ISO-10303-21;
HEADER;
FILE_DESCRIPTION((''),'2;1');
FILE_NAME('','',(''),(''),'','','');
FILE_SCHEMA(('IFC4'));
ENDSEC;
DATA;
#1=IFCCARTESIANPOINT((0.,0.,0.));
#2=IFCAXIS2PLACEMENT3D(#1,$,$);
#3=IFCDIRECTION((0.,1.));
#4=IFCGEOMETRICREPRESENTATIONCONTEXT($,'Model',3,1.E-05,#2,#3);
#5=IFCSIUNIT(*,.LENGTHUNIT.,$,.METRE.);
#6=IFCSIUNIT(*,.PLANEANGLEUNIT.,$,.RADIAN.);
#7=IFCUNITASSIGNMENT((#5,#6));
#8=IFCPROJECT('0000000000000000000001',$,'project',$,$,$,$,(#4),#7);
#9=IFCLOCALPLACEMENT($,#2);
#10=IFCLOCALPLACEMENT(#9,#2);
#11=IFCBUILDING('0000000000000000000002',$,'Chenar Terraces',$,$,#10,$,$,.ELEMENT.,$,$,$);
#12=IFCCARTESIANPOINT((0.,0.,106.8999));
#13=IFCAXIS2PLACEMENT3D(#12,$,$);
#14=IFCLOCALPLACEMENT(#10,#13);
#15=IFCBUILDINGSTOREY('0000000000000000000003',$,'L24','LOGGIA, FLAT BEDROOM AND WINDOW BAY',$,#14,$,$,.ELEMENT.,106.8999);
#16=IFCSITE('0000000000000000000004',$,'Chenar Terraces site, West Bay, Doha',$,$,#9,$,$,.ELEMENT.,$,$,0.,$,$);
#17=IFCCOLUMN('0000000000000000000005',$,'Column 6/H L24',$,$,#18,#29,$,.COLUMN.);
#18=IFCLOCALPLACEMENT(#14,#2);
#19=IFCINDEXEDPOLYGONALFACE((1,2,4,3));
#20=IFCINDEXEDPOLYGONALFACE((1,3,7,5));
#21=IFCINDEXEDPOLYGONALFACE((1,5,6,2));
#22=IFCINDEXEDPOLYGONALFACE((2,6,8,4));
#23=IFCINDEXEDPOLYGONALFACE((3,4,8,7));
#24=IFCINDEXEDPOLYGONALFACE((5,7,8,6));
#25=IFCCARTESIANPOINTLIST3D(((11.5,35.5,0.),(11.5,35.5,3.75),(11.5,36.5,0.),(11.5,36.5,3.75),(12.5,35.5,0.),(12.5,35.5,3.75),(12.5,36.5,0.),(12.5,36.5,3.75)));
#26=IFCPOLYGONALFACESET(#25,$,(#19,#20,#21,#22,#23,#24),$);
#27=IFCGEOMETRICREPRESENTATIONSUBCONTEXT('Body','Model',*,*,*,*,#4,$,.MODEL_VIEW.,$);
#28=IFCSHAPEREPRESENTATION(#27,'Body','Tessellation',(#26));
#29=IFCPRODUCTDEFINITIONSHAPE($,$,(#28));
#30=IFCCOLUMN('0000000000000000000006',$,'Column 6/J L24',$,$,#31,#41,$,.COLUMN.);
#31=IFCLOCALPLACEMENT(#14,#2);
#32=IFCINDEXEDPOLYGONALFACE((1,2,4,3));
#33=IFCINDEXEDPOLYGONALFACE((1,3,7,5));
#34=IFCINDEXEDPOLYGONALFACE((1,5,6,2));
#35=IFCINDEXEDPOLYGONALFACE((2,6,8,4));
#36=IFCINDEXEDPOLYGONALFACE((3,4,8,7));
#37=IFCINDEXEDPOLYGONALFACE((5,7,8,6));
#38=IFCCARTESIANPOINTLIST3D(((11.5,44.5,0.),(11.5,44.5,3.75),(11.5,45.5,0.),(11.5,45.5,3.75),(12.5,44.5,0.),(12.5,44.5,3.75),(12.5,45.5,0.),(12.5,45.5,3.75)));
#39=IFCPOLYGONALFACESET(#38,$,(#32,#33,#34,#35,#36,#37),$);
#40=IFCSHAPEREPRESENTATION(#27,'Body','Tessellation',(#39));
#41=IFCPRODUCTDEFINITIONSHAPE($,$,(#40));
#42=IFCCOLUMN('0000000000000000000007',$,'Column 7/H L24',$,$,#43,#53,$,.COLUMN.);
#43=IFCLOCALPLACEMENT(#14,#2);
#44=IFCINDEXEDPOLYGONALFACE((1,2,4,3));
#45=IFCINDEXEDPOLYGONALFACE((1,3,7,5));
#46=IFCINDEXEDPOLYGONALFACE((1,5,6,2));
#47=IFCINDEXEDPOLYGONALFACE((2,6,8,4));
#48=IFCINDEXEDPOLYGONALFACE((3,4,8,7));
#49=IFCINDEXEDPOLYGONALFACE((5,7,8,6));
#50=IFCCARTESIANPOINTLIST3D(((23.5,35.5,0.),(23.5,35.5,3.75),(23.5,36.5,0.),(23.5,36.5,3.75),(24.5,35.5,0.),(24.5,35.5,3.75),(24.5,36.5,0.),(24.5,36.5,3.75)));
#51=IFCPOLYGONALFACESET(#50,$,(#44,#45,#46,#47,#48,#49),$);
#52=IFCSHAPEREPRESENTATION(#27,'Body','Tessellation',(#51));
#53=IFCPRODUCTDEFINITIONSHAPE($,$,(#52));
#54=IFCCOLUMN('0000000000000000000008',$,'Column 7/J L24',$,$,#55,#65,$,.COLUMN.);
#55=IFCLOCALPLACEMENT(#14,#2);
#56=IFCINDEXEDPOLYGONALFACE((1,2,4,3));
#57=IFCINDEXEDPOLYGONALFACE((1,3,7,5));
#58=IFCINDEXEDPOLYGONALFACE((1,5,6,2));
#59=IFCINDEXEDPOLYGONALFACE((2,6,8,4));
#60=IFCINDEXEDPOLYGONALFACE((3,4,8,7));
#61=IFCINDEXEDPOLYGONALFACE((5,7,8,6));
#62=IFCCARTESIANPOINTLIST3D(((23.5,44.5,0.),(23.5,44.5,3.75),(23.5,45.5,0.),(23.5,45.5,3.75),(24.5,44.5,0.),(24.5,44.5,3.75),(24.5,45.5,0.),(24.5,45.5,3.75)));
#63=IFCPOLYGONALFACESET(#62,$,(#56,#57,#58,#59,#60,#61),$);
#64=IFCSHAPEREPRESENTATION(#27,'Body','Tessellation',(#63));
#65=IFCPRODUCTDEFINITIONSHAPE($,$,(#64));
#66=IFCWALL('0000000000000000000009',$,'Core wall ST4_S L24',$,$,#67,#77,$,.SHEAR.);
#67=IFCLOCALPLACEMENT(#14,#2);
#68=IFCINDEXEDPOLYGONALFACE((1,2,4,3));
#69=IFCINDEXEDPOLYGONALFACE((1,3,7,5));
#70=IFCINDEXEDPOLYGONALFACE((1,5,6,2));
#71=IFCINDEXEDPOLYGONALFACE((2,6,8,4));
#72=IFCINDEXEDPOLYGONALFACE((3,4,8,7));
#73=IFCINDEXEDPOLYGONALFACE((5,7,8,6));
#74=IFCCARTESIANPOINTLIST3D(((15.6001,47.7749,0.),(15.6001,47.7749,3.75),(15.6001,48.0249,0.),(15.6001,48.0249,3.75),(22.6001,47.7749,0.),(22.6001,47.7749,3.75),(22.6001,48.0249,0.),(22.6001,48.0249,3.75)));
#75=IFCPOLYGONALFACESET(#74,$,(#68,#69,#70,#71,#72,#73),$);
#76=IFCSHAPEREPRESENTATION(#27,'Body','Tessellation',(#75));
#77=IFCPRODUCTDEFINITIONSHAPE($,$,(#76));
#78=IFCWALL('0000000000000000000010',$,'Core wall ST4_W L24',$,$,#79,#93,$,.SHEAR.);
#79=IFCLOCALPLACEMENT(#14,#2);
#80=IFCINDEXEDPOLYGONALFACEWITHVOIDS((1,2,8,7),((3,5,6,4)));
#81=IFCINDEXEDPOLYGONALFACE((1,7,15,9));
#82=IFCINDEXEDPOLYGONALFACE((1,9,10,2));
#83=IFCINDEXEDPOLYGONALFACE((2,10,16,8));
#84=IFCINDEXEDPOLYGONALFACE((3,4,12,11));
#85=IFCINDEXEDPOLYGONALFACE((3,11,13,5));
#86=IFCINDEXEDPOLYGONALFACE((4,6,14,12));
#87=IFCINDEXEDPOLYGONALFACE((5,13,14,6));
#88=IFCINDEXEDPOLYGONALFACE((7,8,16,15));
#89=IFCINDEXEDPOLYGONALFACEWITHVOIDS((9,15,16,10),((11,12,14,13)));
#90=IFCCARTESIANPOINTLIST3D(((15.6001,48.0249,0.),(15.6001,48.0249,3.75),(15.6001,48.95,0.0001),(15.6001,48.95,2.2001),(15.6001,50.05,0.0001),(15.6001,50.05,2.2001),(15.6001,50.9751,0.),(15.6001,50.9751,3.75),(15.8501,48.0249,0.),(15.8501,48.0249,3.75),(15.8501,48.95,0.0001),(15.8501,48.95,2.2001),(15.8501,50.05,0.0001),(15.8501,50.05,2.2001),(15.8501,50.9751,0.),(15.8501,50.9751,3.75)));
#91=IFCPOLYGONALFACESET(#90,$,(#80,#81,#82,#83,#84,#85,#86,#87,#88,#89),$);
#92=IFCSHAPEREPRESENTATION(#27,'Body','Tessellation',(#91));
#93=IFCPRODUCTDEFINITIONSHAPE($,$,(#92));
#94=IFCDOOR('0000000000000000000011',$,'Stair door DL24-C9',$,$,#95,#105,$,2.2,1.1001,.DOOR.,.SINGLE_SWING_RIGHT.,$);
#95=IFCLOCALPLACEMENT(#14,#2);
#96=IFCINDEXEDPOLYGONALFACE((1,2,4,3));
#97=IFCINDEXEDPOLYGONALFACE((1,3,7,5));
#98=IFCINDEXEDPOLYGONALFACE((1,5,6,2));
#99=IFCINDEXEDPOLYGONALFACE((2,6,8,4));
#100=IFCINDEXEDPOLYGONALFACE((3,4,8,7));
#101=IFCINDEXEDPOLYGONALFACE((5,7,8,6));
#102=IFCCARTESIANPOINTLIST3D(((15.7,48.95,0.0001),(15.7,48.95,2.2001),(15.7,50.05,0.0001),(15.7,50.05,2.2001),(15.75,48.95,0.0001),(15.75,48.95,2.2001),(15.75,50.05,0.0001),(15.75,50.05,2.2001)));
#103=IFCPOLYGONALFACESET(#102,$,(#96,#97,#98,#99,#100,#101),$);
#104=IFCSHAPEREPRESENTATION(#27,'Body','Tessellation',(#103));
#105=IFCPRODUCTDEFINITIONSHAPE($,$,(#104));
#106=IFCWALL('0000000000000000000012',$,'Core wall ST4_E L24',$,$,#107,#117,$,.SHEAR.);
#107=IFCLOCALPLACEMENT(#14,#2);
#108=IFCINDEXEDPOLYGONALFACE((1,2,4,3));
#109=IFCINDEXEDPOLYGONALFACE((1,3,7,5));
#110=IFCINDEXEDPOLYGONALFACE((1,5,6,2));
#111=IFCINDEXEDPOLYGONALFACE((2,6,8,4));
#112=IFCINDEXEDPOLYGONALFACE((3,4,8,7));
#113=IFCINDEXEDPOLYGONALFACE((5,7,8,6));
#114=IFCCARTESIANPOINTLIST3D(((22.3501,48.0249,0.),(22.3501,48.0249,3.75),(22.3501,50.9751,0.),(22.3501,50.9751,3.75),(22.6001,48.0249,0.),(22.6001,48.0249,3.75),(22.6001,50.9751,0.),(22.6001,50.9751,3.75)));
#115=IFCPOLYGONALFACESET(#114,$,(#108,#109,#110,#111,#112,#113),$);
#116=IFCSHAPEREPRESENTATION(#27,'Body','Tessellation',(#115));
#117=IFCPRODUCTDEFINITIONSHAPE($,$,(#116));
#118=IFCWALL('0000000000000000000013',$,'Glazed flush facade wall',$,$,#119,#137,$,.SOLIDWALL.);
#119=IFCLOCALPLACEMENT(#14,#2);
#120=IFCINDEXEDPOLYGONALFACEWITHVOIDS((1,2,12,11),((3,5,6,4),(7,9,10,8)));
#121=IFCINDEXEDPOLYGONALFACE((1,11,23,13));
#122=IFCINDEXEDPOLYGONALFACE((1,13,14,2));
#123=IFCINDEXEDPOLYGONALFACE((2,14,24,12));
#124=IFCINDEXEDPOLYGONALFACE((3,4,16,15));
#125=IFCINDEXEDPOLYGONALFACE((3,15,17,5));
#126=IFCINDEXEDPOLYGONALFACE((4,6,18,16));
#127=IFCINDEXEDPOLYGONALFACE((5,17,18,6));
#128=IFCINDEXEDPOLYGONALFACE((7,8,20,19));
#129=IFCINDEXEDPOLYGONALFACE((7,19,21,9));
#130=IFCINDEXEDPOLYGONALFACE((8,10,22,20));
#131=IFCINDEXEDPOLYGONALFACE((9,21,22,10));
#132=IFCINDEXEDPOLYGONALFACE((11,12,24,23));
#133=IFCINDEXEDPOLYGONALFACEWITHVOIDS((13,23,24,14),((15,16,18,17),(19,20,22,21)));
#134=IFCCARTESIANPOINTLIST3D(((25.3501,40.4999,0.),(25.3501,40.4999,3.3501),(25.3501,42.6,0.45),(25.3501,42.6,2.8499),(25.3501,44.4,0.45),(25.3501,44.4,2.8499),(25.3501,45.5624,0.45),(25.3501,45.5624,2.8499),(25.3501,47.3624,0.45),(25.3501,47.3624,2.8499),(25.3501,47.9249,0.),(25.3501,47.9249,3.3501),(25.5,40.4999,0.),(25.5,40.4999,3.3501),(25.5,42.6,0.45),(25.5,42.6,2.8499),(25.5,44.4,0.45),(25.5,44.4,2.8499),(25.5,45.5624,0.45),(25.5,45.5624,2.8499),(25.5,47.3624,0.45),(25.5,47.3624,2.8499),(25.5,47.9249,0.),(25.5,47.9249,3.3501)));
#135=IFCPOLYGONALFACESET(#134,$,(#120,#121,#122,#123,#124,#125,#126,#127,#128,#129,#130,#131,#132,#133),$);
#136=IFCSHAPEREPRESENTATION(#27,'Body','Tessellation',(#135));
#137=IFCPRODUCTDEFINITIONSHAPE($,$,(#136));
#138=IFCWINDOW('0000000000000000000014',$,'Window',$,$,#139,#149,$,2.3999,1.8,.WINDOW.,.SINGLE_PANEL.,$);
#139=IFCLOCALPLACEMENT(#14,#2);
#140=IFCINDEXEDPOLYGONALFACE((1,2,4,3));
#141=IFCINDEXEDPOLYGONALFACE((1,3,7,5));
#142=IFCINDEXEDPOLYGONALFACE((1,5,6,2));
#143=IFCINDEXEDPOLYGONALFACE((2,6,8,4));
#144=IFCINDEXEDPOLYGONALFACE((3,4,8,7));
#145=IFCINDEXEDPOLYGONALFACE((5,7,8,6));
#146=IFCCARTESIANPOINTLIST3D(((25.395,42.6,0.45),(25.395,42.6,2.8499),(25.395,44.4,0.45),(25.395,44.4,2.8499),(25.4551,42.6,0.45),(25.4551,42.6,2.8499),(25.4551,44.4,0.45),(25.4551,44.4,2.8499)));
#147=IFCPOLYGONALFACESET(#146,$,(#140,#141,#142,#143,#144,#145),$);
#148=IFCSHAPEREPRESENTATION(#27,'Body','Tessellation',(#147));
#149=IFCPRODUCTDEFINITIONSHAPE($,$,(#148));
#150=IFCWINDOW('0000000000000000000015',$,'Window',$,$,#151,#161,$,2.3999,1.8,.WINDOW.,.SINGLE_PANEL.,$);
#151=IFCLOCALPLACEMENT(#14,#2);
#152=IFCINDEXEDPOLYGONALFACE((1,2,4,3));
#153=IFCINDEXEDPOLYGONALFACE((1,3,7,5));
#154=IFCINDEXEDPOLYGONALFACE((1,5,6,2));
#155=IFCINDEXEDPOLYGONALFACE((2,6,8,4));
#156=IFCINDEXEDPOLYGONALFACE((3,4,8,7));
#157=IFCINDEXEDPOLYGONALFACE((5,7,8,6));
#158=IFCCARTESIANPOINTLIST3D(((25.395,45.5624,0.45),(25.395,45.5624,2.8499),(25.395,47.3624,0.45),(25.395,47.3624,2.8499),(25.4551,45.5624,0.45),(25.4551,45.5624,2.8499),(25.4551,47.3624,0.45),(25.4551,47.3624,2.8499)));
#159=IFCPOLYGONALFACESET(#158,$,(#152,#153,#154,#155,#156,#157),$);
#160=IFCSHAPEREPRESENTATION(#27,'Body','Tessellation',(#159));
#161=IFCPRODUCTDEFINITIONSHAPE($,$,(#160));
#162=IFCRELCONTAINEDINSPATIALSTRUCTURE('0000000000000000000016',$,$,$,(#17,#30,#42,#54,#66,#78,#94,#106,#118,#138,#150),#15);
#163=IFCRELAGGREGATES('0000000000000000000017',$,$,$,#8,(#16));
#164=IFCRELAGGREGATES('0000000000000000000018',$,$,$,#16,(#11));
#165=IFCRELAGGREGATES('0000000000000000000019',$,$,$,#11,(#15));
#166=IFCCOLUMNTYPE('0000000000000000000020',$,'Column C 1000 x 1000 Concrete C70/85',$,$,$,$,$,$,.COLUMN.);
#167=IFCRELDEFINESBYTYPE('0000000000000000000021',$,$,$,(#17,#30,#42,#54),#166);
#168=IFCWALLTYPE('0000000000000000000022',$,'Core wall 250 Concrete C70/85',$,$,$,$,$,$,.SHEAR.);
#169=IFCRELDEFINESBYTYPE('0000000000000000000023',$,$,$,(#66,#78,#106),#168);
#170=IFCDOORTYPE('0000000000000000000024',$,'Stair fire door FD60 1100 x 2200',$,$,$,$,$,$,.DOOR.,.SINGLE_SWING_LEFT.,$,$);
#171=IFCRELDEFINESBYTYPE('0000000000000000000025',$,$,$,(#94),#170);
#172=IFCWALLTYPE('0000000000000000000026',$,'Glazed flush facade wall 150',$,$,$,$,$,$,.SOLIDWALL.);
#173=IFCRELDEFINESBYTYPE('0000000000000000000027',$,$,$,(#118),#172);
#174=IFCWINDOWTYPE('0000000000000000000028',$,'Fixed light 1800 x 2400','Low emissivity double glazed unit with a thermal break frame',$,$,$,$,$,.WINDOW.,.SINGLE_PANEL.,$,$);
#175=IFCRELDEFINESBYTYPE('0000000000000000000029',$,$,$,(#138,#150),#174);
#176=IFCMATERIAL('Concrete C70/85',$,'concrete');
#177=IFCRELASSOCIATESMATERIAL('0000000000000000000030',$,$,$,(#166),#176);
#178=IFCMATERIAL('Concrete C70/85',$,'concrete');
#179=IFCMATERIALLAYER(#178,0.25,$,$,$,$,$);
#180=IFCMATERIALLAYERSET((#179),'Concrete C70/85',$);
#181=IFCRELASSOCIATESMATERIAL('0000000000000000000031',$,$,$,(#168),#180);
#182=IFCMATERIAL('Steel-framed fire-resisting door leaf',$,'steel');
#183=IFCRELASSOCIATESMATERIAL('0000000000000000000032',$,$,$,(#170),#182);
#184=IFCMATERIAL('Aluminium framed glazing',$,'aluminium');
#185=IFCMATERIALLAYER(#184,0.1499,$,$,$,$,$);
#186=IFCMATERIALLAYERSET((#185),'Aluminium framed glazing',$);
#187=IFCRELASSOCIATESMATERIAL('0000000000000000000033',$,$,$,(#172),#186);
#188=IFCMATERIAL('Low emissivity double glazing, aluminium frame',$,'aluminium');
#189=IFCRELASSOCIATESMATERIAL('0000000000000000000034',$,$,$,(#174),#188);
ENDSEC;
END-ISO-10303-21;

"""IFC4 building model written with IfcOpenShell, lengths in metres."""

from ifc_helpers import new_model, si_unit, direction, frame, frame_2d, origin, origin_2d, place, context, subcontext, project, spatial, rectangle, extrude, material, layer, layer_set, material_profile, profile_set, type_object, element, fill, save


model = new_model("IFC4")

# Units and contexts
model_context = context("Model", 3, precision=1e-05, world=origin(), true_north=direction((0.0, 1.0)))
body_context = subcontext(model_context, "Body", "Model", "MODEL_VIEW")
ifc_project = project(units=[si_unit("LENGTHUNIT", "METRE"), si_unit("PLANEANGLEUNIT", "RADIAN")], contexts=[model_context])

# Site, building, storey
site_placement = place(None, origin())
site = spatial("IfcSite", under=ifc_project, at=site_placement, Name="Chenar Terraces site, West Bay, Doha", CompositionType="ELEMENT", RefElevation=0.0)
building_placement = place(site_placement, origin())
building = spatial("IfcBuilding", under=site, at=building_placement, Name="Chenar Terraces", CompositionType="ELEMENT")
storey_placement = place(building_placement, frame((0.0, 0.0, 106.8999)))
storey = spatial("IfcBuildingStorey", under=building, at=storey_placement, Name="L24", Description="LOGGIA, FLAT BEDROOM AND WINDOW BAY", CompositionType="ELEMENT", Elevation=106.8999)

# Columns
ifc_material_1 = material(Name="Concrete C70/85", Category="concrete")
ifc_material_profile = material_profile(ifc_material_1, rectangle(XDim=1.0, YDim=1.0, at=origin_2d()), Name="C 1000 x 1000")
ifc_profile_set = profile_set([ifc_material_profile], Name="Concrete C70/85")
column_type = type_object("IfcColumnType", Name="Column C 1000 x 1000 Concrete C70/85", PredefinedType="COLUMN", material=ifc_profile_set)
for number, where, z_axis, x_axis, name in (
    (1, (12.0, 36.0, 0.0), (0.0, 0.0, 1.0), (1.0, 0.0, 0.0), "Column 6/H L24"),
    (2, (12.0, 45.0, 0.0), (0.0, 0.0, 1.0), (1.0, 0.0, 0.0), "Column 6/J L24"),
    (3, (24.0, 36.0, 0.0), (0.0, 0.0, 1.0), (1.0, 0.0, 0.0), "Column 7/H L24"),
    (4, (24.0, 45.0, 0.0), (0.0, 0.0, 1.0), (1.0, 0.0, 0.0), "Column 7/J L24"),
):
    element("IfcColumn", number, at=place(storey_placement, frame(where, z_axis=z_axis, x_axis=x_axis)), inside=storey, type_object=column_type, Name=name, PredefinedType="COLUMN", context=body_context, shape_type="SweptSolid", body=[
        extrude(rectangle(XDim=1.0, YDim=1.0, at=origin_2d()), origin(), (0.0, 0.0, 1.0), 3.75),
    ])

# Wall
ifc_material_2 = material(Name="Concrete C70/85", Category="concrete")
ifc_layer_1 = layer(ifc_material_2, 0.25)
ifc_layer_set_1 = layer_set([ifc_layer_1], Name="Concrete C70/85")
wall_type_1 = type_object("IfcWallType", Name="Core wall 250 Concrete C70/85", PredefinedType="SHEAR", material=ifc_layer_set_1)
wall_1_placement = place(storey_placement, frame((15.6001, 47.8999, 0.0), z_axis=(0.0, 0.0, 1.0), x_axis=(1.0, 0.0, 0.0)))
element("IfcWall", 5, at=wall_1_placement, inside=storey, type_object=wall_type_1, Name="Core wall ST4_S L24", PredefinedType="SHEAR", context=body_context, shape_type="SweptSolid", body=[
    extrude(rectangle(XDim=7.0, YDim=0.25, at=frame_2d((3.5, 0.0))), origin(), (0.0, 0.0, 1.0), 3.75),
])

# Wall, opening, door
wall_2_placement = place(storey_placement, frame((15.7251, 48.0249, 0.0), z_axis=(0.0, 0.0, 1.0), x_axis=(0.0, 1.0, 0.0)))
wall_2 = element("IfcWall", 6, at=wall_2_placement, inside=storey, type_object=wall_type_1, Name="Core wall ST4_W L24", PredefinedType="SHEAR", context=body_context, shape_type="SweptSolid", body=[
    extrude(rectangle(XDim=2.9502, YDim=0.25, at=frame_2d((1.4751, 0.0))), origin(), (0.0, 0.0, 1.0), 3.75),
])
opening_1_placement = place(wall_2_placement, frame((0.925, 0.0, 0.0)))
opening_1 = element("IfcOpeningElement", 7, at=opening_1_placement, cuts=wall_2, PredefinedType="OPENING", context=body_context, shape_type="SweptSolid", body=[
    extrude(rectangle(XDim=1.1001, YDim=2.2, at=frame_2d((0.55, 1.1001))), frame((0.0, 0.135, 0.0), z_axis=(0.0, -1.0, 0.0), x_axis=(1.0, 0.0, 0.0)), (0.0, 0.0, 1.0), 0.27),
])
ifc_material_3 = material(Name="Steel-framed fire-resisting door leaf", Category="steel")
door_type_1 = type_object("IfcDoorType", Name="Stair fire door FD60 1100 x 2200", OperationType="SINGLE_SWING_LEFT", PredefinedType="DOOR", material=ifc_material_3)
door_1_placement = place(opening_1_placement, frame((1.1001, 0.0, 0.0), z_axis=(0.0, 0.0, 1.0), x_axis=(-1.0, 0.0, 0.0)))
door_1 = element("IfcDoor", 8, at=door_1_placement, inside=storey, type_object=door_type_1, Name="Stair door DL24-C9", OperationType="SINGLE_SWING_RIGHT", OverallHeight=2.2, OverallWidth=1.1001, PredefinedType="DOOR", context=body_context, shape_type="SweptSolid", body=[
    extrude(rectangle(XDim=1.1001, YDim=2.2, at=frame_2d((0.55, 1.1001))), frame((0.0, 0.0249, 0.0), z_axis=(0.0, -1.0, 0.0), x_axis=(1.0, 0.0, 0.0)), (0.0, 0.0, 1.0), 0.05),
])
fill(opening_1, door_1)

# Wall
wall_3_placement = place(storey_placement, frame((22.4751, 48.0249, 0.0), z_axis=(0.0, 0.0, 1.0), x_axis=(0.0, 1.0, 0.0)))
element("IfcWall", 9, at=wall_3_placement, inside=storey, type_object=wall_type_1, Name="Core wall ST4_E L24", PredefinedType="SHEAR", context=body_context, shape_type="SweptSolid", body=[
    extrude(rectangle(XDim=2.9502, YDim=0.25, at=frame_2d((1.4751, 0.0))), origin(), (0.0, 0.0, 1.0), 3.75),
])

# Wall, openings, windows
ifc_material_4 = material(Name="Aluminium framed glazing", Category="aluminium")
ifc_layer_2 = layer(ifc_material_4, 0.1499)
ifc_layer_set_2 = layer_set([ifc_layer_2], Name="Aluminium framed glazing")
wall_type_2 = type_object("IfcWallType", Name="Glazed flush facade wall 150", PredefinedType="SOLIDWALL", material=ifc_layer_set_2)
wall_4_placement = place(storey_placement, frame((25.425, 40.5, 0.0), z_axis=(0.0, 0.0, 1.0), x_axis=(0.0, 1.0, 0.0)))
wall_4 = element("IfcWall", 10, at=wall_4_placement, inside=storey, type_object=wall_type_2, Name="Glazed flush facade wall", PredefinedType="SOLIDWALL", context=body_context, shape_type="SweptSolid", body=[
    extrude(rectangle(XDim=7.425, YDim=0.1499, at=frame_2d((3.7124, 0.0))), origin(), (0.0, 0.0, 1.0), 3.3501),
])
opening_2_placement = place(wall_4_placement, frame((2.1001, 0.0, 0.45)))
opening_2 = element("IfcOpeningElement", 11, at=opening_2_placement, cuts=wall_4, PredefinedType="OPENING", context=body_context, shape_type="SweptSolid", body=[
    extrude(rectangle(XDim=1.8, YDim=2.3999, at=frame_2d((0.8999, 1.2))), frame((0.0, 0.085, 0.0), z_axis=(0.0, -1.0, 0.0), x_axis=(1.0, 0.0, 0.0)), (0.0, 0.0, 1.0), 0.1699),
])
opening_3_placement = place(wall_4_placement, frame((5.0625, 0.0, 0.45)))
opening_3 = element("IfcOpeningElement", 12, at=opening_3_placement, cuts=wall_4, PredefinedType="OPENING", context=body_context, shape_type="SweptSolid", body=[
    extrude(rectangle(XDim=1.8, YDim=2.3999, at=frame_2d((0.8999, 1.2))), frame((0.0, 0.085, 0.0), z_axis=(0.0, -1.0, 0.0), x_axis=(1.0, 0.0, 0.0)), (0.0, 0.0, 1.0), 0.1699),
])
ifc_material_5 = material(Name="Low emissivity double glazing, aluminium frame", Category="aluminium")
window_type_1 = type_object("IfcWindowType", Name="Fixed light 1800 x 2400", Description="Low emissivity double glazed unit with a thermal break frame", PartitioningType="SINGLE_PANEL", PredefinedType="WINDOW", material=ifc_material_5)
window_1_placement = place(opening_2_placement, origin())
window_1 = element("IfcWindow", 13, at=window_1_placement, inside=storey, type_object=window_type_1, Name="Window", OverallHeight=2.3999, OverallWidth=1.8, PartitioningType="SINGLE_PANEL", PredefinedType="WINDOW", context=body_context, shape_type="SweptSolid", body=[
    extrude(rectangle(XDim=1.8, YDim=2.3999, at=frame_2d((0.8999, 1.2))), frame((0.0, 0.03, 0.0), z_axis=(0.0, -1.0, 0.0), x_axis=(1.0, 0.0, 0.0)), (0.0, 0.0, 1.0), 0.0601),
])
fill(opening_2, window_1)
window_2_placement = place(opening_3_placement, origin())
window_2 = element("IfcWindow", 14, at=window_2_placement, inside=storey, type_object=window_type_1, Name="Window", OverallHeight=2.3999, OverallWidth=1.8, PartitioningType="SINGLE_PANEL", PredefinedType="WINDOW", context=body_context, shape_type="SweptSolid", body=[
    extrude(rectangle(XDim=1.8, YDim=2.3999, at=frame_2d((0.8999, 1.2))), frame((0.0, 0.03, 0.0), z_axis=(0.0, -1.0, 0.0), x_axis=(1.0, 0.0, 0.0)), (0.0, 0.0, 1.0), 0.0601),
])
fill(opening_3, window_2)

save(model, "model.ifc")
